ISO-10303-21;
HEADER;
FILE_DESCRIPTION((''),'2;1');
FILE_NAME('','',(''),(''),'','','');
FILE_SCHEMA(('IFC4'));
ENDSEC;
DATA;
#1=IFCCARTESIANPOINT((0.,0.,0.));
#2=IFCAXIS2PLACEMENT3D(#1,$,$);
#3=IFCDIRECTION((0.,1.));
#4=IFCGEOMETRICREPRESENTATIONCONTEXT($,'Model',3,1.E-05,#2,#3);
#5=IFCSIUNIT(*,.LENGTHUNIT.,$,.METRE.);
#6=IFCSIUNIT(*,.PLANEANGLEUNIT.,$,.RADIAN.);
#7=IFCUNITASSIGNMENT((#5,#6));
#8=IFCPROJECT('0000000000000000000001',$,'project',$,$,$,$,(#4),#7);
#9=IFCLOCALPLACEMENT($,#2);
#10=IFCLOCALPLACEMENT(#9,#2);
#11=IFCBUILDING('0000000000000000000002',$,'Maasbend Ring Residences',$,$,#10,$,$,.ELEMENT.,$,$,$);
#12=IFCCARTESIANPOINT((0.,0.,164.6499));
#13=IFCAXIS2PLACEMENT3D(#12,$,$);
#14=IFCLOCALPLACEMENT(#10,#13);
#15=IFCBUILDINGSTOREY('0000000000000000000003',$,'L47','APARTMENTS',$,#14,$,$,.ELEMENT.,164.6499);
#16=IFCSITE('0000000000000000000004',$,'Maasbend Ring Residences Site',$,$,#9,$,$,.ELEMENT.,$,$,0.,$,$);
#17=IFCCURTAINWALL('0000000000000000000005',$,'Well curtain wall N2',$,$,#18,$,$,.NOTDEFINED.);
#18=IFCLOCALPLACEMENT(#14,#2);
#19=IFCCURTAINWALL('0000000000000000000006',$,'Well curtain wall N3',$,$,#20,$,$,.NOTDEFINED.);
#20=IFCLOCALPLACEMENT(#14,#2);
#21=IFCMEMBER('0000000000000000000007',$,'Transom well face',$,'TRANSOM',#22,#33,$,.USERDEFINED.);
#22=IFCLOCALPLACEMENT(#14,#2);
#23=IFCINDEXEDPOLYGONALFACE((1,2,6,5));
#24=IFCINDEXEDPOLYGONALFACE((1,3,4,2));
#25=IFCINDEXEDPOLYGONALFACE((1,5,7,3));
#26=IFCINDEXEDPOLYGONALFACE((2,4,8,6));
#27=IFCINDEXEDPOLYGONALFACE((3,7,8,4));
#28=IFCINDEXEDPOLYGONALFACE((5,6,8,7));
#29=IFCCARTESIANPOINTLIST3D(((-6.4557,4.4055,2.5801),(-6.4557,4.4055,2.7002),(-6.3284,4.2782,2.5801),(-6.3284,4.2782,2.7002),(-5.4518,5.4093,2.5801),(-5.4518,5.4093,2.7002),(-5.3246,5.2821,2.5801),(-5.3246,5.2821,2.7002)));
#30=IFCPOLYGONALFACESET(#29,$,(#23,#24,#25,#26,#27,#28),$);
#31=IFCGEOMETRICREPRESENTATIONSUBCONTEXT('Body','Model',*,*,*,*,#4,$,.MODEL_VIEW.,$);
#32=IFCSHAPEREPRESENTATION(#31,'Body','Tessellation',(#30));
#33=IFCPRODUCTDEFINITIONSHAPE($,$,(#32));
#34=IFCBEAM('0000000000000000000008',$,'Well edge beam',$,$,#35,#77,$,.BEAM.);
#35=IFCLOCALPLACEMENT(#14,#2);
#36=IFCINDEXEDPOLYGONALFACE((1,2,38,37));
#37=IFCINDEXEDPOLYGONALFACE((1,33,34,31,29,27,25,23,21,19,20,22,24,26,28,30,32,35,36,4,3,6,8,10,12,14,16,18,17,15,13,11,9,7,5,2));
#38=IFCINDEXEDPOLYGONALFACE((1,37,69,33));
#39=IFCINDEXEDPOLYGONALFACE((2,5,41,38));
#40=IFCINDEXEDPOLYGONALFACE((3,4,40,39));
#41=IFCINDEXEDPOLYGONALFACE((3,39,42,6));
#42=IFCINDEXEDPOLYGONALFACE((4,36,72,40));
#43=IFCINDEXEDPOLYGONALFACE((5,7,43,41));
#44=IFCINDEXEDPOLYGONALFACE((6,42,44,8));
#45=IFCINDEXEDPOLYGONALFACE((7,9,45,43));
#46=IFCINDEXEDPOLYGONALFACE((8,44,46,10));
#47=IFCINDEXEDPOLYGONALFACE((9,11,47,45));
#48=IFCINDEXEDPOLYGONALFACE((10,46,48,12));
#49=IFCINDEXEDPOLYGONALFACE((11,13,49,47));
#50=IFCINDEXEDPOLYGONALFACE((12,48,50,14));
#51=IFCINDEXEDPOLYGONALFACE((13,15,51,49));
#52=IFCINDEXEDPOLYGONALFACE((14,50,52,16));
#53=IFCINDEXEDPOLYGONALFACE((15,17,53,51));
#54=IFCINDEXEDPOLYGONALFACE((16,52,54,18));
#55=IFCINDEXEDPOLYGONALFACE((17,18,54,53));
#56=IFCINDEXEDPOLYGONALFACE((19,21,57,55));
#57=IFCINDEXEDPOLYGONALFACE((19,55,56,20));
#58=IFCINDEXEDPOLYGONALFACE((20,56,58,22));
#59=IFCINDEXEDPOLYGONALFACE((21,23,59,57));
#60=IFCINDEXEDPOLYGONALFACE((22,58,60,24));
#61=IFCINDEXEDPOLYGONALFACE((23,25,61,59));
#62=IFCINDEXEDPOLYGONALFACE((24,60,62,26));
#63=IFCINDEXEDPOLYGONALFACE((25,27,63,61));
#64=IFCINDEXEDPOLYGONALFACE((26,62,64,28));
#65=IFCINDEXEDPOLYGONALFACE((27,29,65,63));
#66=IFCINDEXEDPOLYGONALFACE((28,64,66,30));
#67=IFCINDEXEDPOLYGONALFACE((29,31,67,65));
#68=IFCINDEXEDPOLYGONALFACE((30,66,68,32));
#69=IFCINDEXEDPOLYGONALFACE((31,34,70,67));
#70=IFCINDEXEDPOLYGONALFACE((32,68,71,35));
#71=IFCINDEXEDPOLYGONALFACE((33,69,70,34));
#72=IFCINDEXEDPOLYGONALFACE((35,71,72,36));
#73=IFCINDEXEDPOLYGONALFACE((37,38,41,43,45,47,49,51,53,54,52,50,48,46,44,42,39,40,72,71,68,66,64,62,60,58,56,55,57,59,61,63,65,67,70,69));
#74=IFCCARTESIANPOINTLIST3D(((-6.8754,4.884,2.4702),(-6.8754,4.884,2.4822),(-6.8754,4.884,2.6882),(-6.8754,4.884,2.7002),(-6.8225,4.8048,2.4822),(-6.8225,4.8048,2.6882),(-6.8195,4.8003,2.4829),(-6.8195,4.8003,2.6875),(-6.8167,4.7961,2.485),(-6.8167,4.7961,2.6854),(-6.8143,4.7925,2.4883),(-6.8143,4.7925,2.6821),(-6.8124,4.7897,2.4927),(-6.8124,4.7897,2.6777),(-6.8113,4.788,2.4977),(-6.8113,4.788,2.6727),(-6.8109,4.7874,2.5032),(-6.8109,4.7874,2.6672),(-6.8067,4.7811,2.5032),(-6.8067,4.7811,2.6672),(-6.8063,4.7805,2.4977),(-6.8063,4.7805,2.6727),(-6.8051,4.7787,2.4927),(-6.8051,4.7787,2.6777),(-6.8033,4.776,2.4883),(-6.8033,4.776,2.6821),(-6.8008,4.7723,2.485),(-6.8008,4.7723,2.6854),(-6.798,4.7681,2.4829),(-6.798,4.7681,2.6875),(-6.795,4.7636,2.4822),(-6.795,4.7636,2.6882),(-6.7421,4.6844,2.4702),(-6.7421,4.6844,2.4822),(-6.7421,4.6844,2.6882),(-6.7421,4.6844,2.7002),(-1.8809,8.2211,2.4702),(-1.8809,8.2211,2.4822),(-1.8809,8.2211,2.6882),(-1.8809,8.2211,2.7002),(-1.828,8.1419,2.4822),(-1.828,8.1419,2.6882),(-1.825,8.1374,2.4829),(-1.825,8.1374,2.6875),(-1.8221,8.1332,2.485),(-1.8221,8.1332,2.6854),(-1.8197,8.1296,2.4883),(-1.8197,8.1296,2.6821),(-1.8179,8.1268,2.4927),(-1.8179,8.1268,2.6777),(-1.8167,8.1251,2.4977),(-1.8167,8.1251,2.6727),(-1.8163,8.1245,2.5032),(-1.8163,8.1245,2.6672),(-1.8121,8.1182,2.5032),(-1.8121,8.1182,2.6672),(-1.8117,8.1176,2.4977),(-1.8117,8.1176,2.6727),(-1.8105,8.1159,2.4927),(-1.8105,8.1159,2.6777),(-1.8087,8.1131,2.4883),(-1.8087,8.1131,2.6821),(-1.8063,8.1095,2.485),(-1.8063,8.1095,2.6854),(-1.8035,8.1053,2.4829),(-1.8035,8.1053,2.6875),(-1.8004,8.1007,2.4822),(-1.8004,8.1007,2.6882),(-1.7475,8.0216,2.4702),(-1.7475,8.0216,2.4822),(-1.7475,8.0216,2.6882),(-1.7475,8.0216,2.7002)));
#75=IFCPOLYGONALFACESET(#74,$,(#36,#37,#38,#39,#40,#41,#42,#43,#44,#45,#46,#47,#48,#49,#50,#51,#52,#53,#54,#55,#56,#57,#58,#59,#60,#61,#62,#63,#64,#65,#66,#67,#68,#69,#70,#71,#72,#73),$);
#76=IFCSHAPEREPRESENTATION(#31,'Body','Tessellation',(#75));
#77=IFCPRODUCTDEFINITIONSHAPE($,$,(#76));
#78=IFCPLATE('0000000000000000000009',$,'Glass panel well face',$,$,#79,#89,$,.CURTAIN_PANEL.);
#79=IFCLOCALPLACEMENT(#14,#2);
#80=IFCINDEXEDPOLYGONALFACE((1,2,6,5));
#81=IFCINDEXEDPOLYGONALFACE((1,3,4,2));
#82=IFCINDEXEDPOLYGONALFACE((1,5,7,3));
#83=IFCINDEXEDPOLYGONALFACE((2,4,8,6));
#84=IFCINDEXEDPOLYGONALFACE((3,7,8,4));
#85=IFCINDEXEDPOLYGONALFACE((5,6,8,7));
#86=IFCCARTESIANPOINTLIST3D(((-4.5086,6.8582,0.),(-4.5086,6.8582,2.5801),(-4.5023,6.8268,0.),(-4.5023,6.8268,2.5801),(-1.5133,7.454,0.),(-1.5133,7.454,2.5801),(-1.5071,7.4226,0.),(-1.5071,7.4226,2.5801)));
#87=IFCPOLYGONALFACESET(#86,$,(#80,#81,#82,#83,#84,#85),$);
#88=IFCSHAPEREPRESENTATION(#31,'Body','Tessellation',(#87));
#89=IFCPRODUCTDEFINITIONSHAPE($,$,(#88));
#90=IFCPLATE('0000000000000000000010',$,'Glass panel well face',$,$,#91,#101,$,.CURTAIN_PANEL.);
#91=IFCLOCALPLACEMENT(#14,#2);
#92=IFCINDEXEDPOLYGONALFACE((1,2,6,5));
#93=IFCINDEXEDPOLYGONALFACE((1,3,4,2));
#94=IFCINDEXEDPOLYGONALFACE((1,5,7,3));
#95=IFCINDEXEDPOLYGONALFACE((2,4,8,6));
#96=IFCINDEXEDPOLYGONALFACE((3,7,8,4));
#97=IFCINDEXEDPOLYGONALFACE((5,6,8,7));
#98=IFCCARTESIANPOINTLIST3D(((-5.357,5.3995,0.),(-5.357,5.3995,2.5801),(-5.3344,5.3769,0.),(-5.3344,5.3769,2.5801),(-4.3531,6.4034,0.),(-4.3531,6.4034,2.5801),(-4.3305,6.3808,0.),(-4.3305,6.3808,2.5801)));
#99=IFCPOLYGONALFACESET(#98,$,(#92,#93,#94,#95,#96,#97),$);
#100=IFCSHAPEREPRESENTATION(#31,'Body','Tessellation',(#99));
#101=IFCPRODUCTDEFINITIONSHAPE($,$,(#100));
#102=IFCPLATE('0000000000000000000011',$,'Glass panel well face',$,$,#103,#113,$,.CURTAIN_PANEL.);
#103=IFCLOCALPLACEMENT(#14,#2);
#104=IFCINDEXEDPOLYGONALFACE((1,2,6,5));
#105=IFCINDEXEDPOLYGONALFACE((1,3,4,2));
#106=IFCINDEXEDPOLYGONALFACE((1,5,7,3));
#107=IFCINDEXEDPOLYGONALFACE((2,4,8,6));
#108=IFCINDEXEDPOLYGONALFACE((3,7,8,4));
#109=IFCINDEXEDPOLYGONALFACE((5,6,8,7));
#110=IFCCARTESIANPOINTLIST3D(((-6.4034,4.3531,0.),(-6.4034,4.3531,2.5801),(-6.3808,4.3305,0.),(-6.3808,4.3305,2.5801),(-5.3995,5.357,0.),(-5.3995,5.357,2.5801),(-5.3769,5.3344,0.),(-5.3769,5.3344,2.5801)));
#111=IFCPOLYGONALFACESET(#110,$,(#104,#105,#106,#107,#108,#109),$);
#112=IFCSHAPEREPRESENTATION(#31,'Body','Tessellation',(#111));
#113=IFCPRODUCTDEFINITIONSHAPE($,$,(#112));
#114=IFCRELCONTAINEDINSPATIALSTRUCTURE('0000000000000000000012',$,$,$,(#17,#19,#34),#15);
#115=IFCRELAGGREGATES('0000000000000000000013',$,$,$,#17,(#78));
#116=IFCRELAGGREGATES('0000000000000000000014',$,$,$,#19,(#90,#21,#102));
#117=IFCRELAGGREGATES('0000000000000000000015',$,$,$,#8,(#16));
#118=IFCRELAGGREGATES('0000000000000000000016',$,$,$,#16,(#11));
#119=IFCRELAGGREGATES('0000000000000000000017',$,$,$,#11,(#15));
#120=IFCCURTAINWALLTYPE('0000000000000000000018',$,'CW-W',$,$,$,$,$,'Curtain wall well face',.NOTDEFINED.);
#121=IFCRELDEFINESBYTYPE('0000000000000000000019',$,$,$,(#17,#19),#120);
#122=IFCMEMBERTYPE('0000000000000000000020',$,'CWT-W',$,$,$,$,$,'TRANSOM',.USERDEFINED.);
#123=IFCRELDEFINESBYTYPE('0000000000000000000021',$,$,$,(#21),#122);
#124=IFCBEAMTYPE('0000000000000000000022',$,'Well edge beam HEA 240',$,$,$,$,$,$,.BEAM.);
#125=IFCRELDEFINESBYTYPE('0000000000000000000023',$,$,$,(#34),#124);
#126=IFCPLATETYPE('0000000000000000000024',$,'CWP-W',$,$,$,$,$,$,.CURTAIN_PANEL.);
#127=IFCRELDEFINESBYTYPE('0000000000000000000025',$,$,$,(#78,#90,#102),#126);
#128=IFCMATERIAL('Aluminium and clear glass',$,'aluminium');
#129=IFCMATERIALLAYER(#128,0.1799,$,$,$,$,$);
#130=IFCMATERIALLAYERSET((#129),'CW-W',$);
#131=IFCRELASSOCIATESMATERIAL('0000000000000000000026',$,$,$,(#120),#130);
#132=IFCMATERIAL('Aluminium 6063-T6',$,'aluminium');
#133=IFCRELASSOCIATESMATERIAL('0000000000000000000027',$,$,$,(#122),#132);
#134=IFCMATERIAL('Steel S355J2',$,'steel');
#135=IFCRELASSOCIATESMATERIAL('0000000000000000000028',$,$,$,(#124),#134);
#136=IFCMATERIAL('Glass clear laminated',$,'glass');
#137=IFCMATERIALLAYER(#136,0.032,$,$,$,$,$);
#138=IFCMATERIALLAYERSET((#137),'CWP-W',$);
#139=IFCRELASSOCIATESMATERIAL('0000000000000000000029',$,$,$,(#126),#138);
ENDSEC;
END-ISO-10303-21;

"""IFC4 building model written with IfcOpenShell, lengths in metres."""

from ifc_helpers import new_model, si_unit, direction, frame, origin, origin_2d, place, context, subcontext, project, spatial, rectangle, i_section, extrude, material, layer, layer_set, material_profile, profile_set, type_object, element, aggregate, save


model = new_model("IFC4")

# Units and contexts
model_context = context("Model", 3, precision=1e-05, world=origin(), true_north=direction((0.0, 1.0)))
body_context = subcontext(model_context, "Body", "Model", "MODEL_VIEW")
ifc_project = project(units=[si_unit("LENGTHUNIT", "METRE"), si_unit("PLANEANGLEUNIT", "RADIAN")], contexts=[model_context])

# Site, building, storey
site_placement = place(None, origin())
site = spatial("IfcSite", under=ifc_project, at=site_placement, Name="Maasbend Ring Residences Site", CompositionType="ELEMENT", RefElevation=0.0)
building_placement = place(site_placement, origin())
building = spatial("IfcBuilding", under=site, at=building_placement, Name="Maasbend Ring Residences", CompositionType="ELEMENT")
storey_placement = place(building_placement, frame((0.0, 0.0, 164.6499)))
storey = spatial("IfcBuildingStorey", under=building, at=storey_placement, Name="L47", Description="APARTMENTS", CompositionType="ELEMENT", Elevation=164.6499)

# Curtain walls
ifc_material_1 = material(Name="Aluminium and clear glass", Category="aluminium")
ifc_layer_1 = layer(ifc_material_1, 0.1799)
ifc_layer_set_1 = layer_set([ifc_layer_1], Name="CW-W")
curtain_wall_type = type_object("IfcCurtainWallType", Name="CW-W", ElementType="Curtain wall well face", PredefinedType="NOTDEFINED", material=ifc_layer_set_1)
curtain_wall_1_placement = place(storey_placement, origin())
curtain_wall_1 = element("IfcCurtainWall", 1, at=curtain_wall_1_placement, inside=storey, type_object=curtain_wall_type, Name="Well curtain wall N2", PredefinedType="NOTDEFINED")
curtain_wall_2_placement = place(storey_placement, origin())
curtain_wall_2 = element("IfcCurtainWall", 2, at=curtain_wall_2_placement, inside=storey, type_object=curtain_wall_type, Name="Well curtain wall N3", PredefinedType="NOTDEFINED")

# Member
ifc_material_2 = material(Name="Aluminium 6063-T6", Category="aluminium")
ifc_material_profile_1 = material_profile(ifc_material_2, rectangle(XDim=0.1799, YDim=0.1201, at=origin_2d()), Name="AL 180x120")
ifc_profile_set_1 = profile_set([ifc_material_profile_1], Name="Aluminium 6063-T6")
member_type_1 = type_object("IfcMemberType", Name="CWT-W", ElementType="TRANSOM", PredefinedType="USERDEFINED", material=ifc_profile_set_1)
member_1_placement = place(storey_placement, frame((-5.3882, 5.3457, 2.6401), z_axis=(-0.707107, -0.707107, 0.0), x_axis=(0.707107, -0.707107, 0.0)))
member_1 = element("IfcMember", 3, at=member_1_placement, type_object=member_type_1, Name="Transom well face", ObjectType="TRANSOM", PredefinedType="USERDEFINED", context=body_context, shape_type="SweptSolid", body=[
    extrude(rectangle(XDim=0.1799, YDim=0.1201, at=origin_2d()), origin(), (0.0, 0.0, 1.0), 1.4197),
])

# Beam
ifc_material_3 = material(Name="Steel S355J2", Category="steel")
ifc_material_profile_2 = material_profile(ifc_material_3, i_section(OverallWidth=0.24, OverallDepth=0.23, WebThickness=0.0076, FlangeThickness=0.012, FilletRadius=0.021, at=origin_2d()), Name="HEA 240")
ifc_profile_set_2 = profile_set([ifc_material_profile_2], Name="Steel S355J2")
beam_type = type_object("IfcBeamType", Name="Well edge beam HEA 240", PredefinedType="BEAM", material=ifc_profile_set_2)
beam_placement = place(storey_placement, frame((-1.8142, 8.1213, 2.5852), z_axis=(-0.831481, -0.555553, 0.0), x_axis=(0.555553, -0.831481, 0.0)))
element("IfcBeam", 4, at=beam_placement, inside=storey, type_object=beam_type, Name="Well edge beam", PredefinedType="BEAM", context=body_context, shape_type="SweptSolid", body=[
    extrude(i_section(OverallWidth=0.24, OverallDepth=0.23, WebThickness=0.0076, FlangeThickness=0.012, FilletRadius=0.021, at=origin_2d()), origin(), (0.0, 0.0, 1.0), 6.0068),
])

# Plates
ifc_material_4 = material(Name="Glass clear laminated", Category="glass")
ifc_layer_2 = layer(ifc_material_4, 0.032)
ifc_layer_set_2 = layer_set([ifc_layer_2], Name="CWP-W")
plate_type = type_object("IfcPlateType", Name="CWP-W", PredefinedType="CURTAIN_PANEL", material=ifc_layer_set_2)
plate_1_placement = place(storey_placement, frame((-3.0078, 7.1404, 0.0), z_axis=(0.0, 0.0, 1.0), x_axis=(-0.980785, -0.19509, 0.0)))
plate_1 = element("IfcPlate", 5, at=plate_1_placement, type_object=plate_type, Name="Glass panel well face", PredefinedType="CURTAIN_PANEL", context=body_context, shape_type="SweptSolid", body=[
    extrude(rectangle(XDim=3.054, YDim=0.032, at=origin_2d()), origin(), (0.0, 0.0, 1.0), 2.5801),
])
aggregate(curtain_wall_1, [plate_1])
plate_2_placement = place(storey_placement, frame((-4.8438, 5.8901, 0.0), z_axis=(0.0, 0.0, 1.0), x_axis=(-0.707107, -0.707107, 0.0)))
plate_2 = element("IfcPlate", 6, at=plate_2_placement, type_object=plate_type, Name="Glass panel well face", PredefinedType="CURTAIN_PANEL", context=body_context, shape_type="SweptSolid", body=[
    extrude(rectangle(XDim=1.4197, YDim=0.032, at=origin_2d()), origin(), (0.0, 0.0, 1.0), 2.5801),
])
plate_3_placement = place(storey_placement, frame((-5.8901, 4.8438, 0.0), z_axis=(0.0, 0.0, 1.0), x_axis=(-0.707107, -0.707107, 0.0)))
plate_3 = element("IfcPlate", 7, at=plate_3_placement, type_object=plate_type, Name="Glass panel well face", PredefinedType="CURTAIN_PANEL", context=body_context, shape_type="SweptSolid", body=[
    extrude(rectangle(XDim=1.4197, YDim=0.032, at=origin_2d()), origin(), (0.0, 0.0, 1.0), 2.5801),
])
aggregate(curtain_wall_2, [plate_2, member_1, plate_3])

save(model, "model.ifc")
